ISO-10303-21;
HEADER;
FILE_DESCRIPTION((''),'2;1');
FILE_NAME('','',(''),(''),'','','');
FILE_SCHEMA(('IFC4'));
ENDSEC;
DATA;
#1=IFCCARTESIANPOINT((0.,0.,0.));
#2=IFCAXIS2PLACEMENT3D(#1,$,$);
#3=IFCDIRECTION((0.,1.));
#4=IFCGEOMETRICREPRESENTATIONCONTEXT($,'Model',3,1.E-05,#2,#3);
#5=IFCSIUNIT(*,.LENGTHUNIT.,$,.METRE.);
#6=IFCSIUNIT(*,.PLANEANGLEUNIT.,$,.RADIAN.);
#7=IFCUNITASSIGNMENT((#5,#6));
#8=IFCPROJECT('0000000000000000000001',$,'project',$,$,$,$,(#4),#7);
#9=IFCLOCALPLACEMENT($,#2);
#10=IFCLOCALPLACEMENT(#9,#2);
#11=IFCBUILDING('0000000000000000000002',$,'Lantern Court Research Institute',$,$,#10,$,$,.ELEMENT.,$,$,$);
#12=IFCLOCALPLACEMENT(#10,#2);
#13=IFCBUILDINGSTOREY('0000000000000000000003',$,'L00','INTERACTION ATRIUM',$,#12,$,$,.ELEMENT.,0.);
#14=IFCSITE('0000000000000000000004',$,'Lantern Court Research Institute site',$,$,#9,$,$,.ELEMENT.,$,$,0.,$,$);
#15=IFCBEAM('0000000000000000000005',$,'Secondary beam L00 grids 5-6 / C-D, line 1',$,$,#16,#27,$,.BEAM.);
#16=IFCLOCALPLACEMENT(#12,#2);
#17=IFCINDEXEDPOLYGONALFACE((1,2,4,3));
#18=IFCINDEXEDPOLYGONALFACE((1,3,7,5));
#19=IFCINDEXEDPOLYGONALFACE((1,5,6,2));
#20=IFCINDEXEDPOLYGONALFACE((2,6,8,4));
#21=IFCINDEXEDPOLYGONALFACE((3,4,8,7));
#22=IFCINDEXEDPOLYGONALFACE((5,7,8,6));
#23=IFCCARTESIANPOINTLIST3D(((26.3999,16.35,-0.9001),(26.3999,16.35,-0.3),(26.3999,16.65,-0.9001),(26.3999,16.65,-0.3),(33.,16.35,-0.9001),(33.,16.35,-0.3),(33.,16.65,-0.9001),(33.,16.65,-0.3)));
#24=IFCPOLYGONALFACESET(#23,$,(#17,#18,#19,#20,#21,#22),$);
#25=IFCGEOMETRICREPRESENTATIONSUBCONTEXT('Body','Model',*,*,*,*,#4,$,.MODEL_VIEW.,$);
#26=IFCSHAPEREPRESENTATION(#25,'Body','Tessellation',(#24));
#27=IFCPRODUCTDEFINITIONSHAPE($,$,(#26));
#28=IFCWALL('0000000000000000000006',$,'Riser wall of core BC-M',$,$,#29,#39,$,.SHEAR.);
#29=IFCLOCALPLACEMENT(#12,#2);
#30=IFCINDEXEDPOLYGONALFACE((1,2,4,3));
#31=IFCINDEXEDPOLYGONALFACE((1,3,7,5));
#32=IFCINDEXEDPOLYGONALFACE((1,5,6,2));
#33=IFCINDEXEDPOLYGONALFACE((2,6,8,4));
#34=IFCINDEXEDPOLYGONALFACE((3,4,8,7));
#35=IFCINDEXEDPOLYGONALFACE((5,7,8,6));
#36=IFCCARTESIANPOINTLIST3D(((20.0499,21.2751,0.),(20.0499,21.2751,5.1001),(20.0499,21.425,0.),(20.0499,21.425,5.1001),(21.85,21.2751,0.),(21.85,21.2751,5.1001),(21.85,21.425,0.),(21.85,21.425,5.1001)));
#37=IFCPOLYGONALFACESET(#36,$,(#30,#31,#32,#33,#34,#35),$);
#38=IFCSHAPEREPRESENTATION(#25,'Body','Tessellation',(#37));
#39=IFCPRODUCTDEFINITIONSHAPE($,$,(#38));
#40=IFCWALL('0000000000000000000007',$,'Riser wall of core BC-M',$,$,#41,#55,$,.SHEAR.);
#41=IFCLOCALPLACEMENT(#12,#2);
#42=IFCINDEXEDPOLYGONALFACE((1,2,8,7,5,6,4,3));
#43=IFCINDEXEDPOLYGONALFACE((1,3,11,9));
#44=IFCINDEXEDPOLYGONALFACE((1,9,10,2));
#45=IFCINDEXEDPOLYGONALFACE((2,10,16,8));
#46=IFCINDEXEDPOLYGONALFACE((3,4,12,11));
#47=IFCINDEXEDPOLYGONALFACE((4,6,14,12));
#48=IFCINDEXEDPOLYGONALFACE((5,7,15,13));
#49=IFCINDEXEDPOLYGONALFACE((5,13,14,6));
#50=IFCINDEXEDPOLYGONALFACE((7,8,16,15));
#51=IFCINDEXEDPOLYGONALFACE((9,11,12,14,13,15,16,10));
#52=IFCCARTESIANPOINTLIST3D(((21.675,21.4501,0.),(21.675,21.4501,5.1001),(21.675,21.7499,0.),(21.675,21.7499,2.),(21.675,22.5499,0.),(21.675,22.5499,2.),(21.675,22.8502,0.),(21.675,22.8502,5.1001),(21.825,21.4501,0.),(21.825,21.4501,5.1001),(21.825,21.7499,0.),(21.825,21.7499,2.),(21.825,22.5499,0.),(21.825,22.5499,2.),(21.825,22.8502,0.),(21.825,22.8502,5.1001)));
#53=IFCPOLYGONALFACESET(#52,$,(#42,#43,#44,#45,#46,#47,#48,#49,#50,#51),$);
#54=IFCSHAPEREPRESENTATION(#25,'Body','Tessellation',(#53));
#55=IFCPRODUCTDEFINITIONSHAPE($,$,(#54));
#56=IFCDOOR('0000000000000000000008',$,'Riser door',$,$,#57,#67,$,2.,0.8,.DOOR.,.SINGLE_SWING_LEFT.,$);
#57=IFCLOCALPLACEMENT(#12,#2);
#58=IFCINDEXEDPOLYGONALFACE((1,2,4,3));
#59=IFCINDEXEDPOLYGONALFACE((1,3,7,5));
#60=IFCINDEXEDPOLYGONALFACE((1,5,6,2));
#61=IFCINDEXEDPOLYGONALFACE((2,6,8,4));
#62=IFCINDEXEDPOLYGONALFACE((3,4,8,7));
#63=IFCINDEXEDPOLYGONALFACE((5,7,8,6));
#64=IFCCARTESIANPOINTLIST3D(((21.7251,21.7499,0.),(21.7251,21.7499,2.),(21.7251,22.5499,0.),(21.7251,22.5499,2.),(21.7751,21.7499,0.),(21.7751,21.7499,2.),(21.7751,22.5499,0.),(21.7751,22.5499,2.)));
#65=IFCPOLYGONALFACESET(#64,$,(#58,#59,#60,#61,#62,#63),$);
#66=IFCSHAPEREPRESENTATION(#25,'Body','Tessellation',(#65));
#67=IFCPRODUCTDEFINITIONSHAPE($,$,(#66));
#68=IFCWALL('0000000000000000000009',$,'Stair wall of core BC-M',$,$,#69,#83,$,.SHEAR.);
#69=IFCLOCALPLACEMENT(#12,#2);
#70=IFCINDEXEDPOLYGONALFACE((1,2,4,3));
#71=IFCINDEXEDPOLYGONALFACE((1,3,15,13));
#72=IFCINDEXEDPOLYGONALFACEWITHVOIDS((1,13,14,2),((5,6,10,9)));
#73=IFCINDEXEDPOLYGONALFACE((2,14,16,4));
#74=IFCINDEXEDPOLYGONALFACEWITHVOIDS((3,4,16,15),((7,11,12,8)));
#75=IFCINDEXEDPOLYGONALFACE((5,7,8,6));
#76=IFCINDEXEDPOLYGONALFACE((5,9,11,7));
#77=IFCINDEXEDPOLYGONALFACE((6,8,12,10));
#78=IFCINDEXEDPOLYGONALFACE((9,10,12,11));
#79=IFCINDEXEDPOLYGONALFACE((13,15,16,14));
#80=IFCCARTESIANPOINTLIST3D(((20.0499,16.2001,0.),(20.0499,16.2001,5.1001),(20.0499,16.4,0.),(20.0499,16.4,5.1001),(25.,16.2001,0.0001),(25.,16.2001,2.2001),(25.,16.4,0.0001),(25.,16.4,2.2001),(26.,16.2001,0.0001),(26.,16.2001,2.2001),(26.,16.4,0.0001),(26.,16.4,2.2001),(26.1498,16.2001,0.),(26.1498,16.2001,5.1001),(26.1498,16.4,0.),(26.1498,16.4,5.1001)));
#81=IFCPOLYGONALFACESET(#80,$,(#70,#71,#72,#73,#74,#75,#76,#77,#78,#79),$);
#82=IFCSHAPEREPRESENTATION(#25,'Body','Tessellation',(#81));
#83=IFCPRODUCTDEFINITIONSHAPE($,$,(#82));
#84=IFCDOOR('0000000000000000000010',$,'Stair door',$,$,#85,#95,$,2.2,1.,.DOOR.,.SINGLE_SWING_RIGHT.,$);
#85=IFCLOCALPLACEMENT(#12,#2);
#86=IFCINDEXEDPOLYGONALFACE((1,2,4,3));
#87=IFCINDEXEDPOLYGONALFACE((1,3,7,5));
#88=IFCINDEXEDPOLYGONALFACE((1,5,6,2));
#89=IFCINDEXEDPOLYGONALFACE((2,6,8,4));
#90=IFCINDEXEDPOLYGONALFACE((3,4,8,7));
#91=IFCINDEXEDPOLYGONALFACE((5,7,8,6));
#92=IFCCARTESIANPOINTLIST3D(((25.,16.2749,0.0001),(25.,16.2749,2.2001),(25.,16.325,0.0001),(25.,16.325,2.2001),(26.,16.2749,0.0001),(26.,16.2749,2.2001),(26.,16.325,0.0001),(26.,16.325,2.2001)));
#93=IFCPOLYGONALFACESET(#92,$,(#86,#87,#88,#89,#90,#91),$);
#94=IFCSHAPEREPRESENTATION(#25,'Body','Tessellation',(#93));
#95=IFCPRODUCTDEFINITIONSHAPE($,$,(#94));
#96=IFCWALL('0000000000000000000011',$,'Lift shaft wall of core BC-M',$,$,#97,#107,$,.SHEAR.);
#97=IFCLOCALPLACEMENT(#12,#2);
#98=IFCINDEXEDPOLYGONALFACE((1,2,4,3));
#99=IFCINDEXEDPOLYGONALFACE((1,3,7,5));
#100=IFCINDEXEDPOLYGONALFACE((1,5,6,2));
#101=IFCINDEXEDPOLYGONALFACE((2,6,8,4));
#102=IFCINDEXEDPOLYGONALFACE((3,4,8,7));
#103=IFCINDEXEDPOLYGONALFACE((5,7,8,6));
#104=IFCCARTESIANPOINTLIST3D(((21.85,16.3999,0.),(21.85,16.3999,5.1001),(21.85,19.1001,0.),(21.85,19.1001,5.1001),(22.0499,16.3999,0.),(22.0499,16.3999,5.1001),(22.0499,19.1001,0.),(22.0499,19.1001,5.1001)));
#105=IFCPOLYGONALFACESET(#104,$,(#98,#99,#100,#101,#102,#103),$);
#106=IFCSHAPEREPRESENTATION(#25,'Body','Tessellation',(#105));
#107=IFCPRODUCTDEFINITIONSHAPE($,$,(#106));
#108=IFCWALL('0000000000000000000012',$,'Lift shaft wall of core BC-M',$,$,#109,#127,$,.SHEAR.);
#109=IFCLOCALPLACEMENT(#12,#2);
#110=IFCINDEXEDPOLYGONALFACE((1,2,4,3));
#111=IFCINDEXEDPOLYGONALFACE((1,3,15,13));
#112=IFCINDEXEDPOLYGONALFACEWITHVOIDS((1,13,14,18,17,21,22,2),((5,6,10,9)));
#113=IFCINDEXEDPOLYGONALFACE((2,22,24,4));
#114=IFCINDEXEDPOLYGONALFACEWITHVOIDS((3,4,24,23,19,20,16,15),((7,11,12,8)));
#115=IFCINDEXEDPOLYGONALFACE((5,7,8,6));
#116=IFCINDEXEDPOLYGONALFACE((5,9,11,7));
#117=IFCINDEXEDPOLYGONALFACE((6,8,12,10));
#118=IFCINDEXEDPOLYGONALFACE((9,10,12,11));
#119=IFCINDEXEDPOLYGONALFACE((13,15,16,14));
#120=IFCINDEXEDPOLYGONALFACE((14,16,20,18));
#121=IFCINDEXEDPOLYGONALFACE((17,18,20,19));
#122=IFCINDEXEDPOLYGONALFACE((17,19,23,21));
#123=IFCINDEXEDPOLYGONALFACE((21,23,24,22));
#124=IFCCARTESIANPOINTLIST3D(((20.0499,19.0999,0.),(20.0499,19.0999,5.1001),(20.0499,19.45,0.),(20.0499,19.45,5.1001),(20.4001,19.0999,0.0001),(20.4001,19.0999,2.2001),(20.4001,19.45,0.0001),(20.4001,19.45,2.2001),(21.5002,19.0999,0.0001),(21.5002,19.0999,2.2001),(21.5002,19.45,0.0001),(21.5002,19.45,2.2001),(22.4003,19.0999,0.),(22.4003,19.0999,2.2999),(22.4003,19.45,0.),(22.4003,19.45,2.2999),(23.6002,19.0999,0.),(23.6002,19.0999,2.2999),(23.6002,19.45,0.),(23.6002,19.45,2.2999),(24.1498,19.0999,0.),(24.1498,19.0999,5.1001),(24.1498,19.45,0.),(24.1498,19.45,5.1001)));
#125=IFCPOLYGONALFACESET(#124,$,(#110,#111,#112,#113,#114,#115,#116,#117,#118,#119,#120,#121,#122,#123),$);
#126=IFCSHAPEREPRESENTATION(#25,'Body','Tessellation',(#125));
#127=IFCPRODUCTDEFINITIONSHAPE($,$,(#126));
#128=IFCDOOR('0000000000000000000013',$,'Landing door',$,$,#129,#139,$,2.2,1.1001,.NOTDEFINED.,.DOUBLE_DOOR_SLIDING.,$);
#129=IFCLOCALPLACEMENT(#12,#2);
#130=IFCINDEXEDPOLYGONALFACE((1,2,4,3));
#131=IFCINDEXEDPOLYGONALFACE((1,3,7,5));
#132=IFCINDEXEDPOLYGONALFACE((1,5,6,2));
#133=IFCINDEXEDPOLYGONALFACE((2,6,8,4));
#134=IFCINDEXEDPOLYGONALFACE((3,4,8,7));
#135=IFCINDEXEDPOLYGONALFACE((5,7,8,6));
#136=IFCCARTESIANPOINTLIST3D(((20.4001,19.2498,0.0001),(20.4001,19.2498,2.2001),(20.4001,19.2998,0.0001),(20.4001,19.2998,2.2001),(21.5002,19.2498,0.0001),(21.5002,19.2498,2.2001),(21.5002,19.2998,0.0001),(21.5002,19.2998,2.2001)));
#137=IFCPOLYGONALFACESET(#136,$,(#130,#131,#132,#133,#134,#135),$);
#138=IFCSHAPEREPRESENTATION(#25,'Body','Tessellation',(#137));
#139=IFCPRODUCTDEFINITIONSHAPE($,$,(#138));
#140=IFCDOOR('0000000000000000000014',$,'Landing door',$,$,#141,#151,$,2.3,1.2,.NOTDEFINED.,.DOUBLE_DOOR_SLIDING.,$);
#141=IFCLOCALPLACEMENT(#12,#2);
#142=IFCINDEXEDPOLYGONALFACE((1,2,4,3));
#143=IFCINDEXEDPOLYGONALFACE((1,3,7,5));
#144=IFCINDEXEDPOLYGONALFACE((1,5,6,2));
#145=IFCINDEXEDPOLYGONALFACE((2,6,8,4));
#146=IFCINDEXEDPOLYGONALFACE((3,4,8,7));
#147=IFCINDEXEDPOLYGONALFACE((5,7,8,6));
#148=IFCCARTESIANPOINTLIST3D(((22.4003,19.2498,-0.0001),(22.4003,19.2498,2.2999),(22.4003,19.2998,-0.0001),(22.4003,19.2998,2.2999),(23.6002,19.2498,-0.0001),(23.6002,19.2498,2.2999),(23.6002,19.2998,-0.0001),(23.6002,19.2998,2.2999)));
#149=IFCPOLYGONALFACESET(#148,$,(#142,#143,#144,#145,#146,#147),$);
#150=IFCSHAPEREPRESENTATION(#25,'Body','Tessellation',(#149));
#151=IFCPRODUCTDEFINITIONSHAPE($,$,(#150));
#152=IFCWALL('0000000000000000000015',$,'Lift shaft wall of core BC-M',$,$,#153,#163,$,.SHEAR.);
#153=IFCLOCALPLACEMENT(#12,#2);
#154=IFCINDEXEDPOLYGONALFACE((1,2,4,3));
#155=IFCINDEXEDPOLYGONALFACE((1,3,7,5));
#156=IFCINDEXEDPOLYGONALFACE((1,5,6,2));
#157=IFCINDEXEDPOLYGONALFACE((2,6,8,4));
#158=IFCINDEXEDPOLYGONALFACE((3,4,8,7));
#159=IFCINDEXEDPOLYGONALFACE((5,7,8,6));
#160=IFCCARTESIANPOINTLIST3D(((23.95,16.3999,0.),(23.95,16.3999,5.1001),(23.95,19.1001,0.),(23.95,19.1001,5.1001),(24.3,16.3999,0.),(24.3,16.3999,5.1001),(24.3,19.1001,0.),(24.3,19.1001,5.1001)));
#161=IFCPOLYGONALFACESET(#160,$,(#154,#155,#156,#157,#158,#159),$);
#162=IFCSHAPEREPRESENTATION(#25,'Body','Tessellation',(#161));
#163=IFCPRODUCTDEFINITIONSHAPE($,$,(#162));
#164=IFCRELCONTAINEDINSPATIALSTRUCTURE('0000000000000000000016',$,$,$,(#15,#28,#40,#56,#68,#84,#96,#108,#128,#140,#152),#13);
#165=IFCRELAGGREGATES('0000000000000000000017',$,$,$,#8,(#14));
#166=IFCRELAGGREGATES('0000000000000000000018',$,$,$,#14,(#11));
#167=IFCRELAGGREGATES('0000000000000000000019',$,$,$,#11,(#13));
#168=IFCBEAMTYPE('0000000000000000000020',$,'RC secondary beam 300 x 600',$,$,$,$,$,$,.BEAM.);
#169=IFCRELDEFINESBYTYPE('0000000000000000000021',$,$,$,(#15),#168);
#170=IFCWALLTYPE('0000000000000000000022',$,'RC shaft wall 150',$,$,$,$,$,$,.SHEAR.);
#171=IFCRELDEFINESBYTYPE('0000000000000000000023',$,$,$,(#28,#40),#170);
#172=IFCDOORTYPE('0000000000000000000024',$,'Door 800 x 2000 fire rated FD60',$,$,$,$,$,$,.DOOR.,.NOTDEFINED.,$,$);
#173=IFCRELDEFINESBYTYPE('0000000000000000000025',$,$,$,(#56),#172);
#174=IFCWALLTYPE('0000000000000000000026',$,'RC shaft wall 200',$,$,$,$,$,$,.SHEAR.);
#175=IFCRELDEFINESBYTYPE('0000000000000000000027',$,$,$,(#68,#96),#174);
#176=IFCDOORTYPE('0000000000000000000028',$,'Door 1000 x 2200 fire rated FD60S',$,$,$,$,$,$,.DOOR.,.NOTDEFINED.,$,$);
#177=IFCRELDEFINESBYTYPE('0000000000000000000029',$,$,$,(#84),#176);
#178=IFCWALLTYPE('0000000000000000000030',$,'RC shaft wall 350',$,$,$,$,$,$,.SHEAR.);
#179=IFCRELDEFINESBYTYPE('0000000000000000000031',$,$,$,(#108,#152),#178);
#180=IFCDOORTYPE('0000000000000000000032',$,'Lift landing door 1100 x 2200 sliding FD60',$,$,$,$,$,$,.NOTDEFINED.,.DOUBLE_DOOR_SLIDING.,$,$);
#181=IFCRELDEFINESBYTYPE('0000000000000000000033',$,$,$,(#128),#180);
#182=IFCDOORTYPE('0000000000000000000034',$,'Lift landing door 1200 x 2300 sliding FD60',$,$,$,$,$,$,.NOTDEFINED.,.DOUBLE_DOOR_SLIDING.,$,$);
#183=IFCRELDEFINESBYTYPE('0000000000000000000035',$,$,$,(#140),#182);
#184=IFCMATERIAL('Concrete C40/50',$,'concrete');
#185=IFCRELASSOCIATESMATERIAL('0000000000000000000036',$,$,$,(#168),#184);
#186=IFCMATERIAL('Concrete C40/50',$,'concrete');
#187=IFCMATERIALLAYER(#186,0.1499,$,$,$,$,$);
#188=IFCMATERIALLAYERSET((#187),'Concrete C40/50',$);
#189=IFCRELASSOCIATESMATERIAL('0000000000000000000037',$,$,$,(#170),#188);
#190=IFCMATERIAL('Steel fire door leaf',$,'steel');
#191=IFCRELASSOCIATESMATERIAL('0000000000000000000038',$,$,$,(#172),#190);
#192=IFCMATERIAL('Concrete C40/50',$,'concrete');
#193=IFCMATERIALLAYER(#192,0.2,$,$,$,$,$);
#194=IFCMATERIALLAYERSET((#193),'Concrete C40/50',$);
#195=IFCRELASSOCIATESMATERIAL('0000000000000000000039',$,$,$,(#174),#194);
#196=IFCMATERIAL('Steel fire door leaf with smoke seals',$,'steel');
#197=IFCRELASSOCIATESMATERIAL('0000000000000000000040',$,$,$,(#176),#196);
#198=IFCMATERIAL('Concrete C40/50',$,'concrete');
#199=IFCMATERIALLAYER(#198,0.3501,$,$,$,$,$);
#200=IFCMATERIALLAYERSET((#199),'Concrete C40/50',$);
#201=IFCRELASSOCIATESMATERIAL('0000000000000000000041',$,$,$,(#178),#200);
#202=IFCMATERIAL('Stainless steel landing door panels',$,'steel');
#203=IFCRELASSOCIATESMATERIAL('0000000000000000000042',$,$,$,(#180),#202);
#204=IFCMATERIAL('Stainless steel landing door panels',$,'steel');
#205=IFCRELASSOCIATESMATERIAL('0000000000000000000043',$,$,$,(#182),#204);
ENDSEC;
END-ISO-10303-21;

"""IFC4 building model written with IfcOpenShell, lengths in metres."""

from ifc_helpers import new_model, si_unit, direction, frame, frame_2d, origin, origin_2d, place, context, subcontext, project, spatial, rectangle, extrude, material, layer, layer_set, material_profile, profile_set, type_object, element, fill, save


model = new_model("IFC4")

# Units and contexts
model_context = context("Model", 3, precision=1e-05, world=origin(), true_north=direction((0.0, 1.0)))
body_context = subcontext(model_context, "Body", "Model", "MODEL_VIEW")
ifc_project = project(units=[si_unit("LENGTHUNIT", "METRE"), si_unit("PLANEANGLEUNIT", "RADIAN")], contexts=[model_context])

# Site, building, storey
site_placement = place(None, origin())
site = spatial("IfcSite", under=ifc_project, at=site_placement, Name="Lantern Court Research Institute site", CompositionType="ELEMENT", RefElevation=0.0)
building_placement = place(site_placement, origin())
building = spatial("IfcBuilding", under=site, at=building_placement, Name="Lantern Court Research Institute", CompositionType="ELEMENT")
storey_placement = place(building_placement, origin())
storey = spatial("IfcBuildingStorey", under=building, at=storey_placement, Name="L00", Description="INTERACTION ATRIUM", CompositionType="ELEMENT", Elevation=0.0)

# Beam
ifc_material_1 = material(Name="Concrete C40/50", Category="concrete")
ifc_material_profile = material_profile(ifc_material_1, rectangle(XDim=0.3, YDim=0.6001, at=origin_2d()), Name="RC beam 300 x 600")
ifc_profile_set = profile_set([ifc_material_profile], Name="Concrete C40/50")
beam_type = type_object("IfcBeamType", Name="RC secondary beam 300 x 600", PredefinedType="BEAM", material=ifc_profile_set)
beam_placement = place(storey_placement, frame((26.3999, 16.5, -0.6001), z_axis=(1.0, 0.0, 0.0), x_axis=(0.0, 1.0, 0.0)))
element("IfcBeam", 1, at=beam_placement, inside=storey, type_object=beam_type, Name="Secondary beam L00 grids 5-6 / C-D, line 1", PredefinedType="BEAM", context=body_context, shape_type="SweptSolid", body=[
    extrude(rectangle(XDim=0.3, YDim=0.6001, at=origin_2d()), origin(), (0.0, 0.0, 1.0), 6.6001),
])

# Wall
ifc_material_2 = material(Name="Concrete C40/50", Category="concrete")
ifc_layer_1 = layer(ifc_material_2, 0.1499)
ifc_layer_set_1 = layer_set([ifc_layer_1], Name="Concrete C40/50")
wall_type_1 = type_object("IfcWallType", Name="RC shaft wall 150", PredefinedType="SHEAR", material=ifc_layer_set_1)
wall_1_placement = place(storey_placement, frame((20.05, 21.3501, 0.0), z_axis=(0.0, 0.0, 1.0), x_axis=(1.0, 0.0, 0.0)))
element("IfcWall", 2, at=wall_1_placement, inside=storey, type_object=wall_type_1, Name="Riser wall of core BC-M", PredefinedType="SHEAR", context=body_context, shape_type="SweptSolid", body=[
    extrude(rectangle(XDim=1.8, YDim=0.1499, at=frame_2d((0.8999, 0.0))), origin(), (0.0, 0.0, 1.0), 5.1001),
])

# Walls, openings, doors
wall_2_placement = place(storey_placement, frame((21.75, 21.45, 0.0), z_axis=(0.0, 0.0, 1.0), x_axis=(0.0, 1.0, 0.0)))
wall_2 = element("IfcWall", 3, at=wall_2_placement, inside=storey, type_object=wall_type_1, Name="Riser wall of core BC-M", PredefinedType="SHEAR", context=body_context, shape_type="SweptSolid", body=[
    extrude(rectangle(XDim=1.4001, YDim=0.1499, at=frame_2d((0.7002, 0.0))), origin(), (0.0, 0.0, 1.0), 5.1001),
])
opening_1_placement = place(wall_2_placement, frame((0.3, 0.0, 0.0)))
opening_1 = element("IfcOpeningElement", 4, at=opening_1_placement, cuts=wall_2, PredefinedType="OPENING", context=body_context, shape_type="SweptSolid", body=[
    extrude(rectangle(XDim=0.8, YDim=2.0, at=frame_2d((0.3999, 1.0))), frame((0.0, 0.085, 0.0), z_axis=(0.0, -1.0, 0.0), x_axis=(1.0, 0.0, 0.0)), (0.0, 0.0, 1.0), 0.1699),
])
ifc_material_3 = material(Name="Steel fire door leaf", Category="steel")
door_type_1 = type_object("IfcDoorType", Name="Door 800 x 2000 fire rated FD60", OperationType="NOTDEFINED", PredefinedType="DOOR", material=ifc_material_3)
door_1_placement = place(opening_1_placement, origin())
door_1 = element("IfcDoor", 5, at=door_1_placement, inside=storey, type_object=door_type_1, Name="Riser door", OperationType="SINGLE_SWING_LEFT", OverallHeight=2.0, OverallWidth=0.8, PredefinedType="DOOR", context=body_context, shape_type="SweptSolid", body=[
    extrude(rectangle(XDim=0.8, YDim=2.0, at=frame_2d((0.3999, 1.0))), frame((0.0, 0.0249, 0.0), z_axis=(0.0, -1.0, 0.0), x_axis=(1.0, 0.0, 0.0)), (0.0, 0.0, 1.0), 0.05),
])
fill(opening_1, door_1)
ifc_material_4 = material(Name="Concrete C40/50", Category="concrete")
ifc_layer_2 = layer(ifc_material_4, 0.2)
ifc_layer_set_2 = layer_set([ifc_layer_2], Name="Concrete C40/50")
wall_type_2 = type_object("IfcWallType", Name="RC shaft wall 200", PredefinedType="SHEAR", material=ifc_layer_set_2)
wall_3_placement = place(storey_placement, frame((20.05, 16.3, 0.0), z_axis=(0.0, 0.0, 1.0), x_axis=(1.0, 0.0, 0.0)))
wall_3 = element("IfcWall", 6, at=wall_3_placement, inside=storey, type_object=wall_type_2, Name="Stair wall of core BC-M", PredefinedType="SHEAR", context=body_context, shape_type="SweptSolid", body=[
    extrude(rectangle(XDim=6.0999, YDim=0.2, at=frame_2d((3.0498, 0.0))), origin(), (0.0, 0.0, 1.0), 5.1001),
])
opening_2_placement = place(wall_3_placement, frame((4.95, 0.0, 0.0)))
opening_2 = element("IfcOpeningElement", 7, at=opening_2_placement, cuts=wall_3, PredefinedType="OPENING", context=body_context, shape_type="SweptSolid", body=[
    extrude(rectangle(XDim=1.0, YDim=2.2, at=frame_2d((0.5, 1.1001))), frame((0.0, 0.1099, 0.0), z_axis=(0.0, -1.0, 0.0), x_axis=(1.0, 0.0, 0.0)), (0.0, 0.0, 1.0), 0.22),
])
ifc_material_5 = material(Name="Steel fire door leaf with smoke seals", Category="steel")
door_type_2 = type_object("IfcDoorType", Name="Door 1000 x 2200 fire rated FD60S", OperationType="NOTDEFINED", PredefinedType="DOOR", material=ifc_material_5)
door_2_placement = place(opening_2_placement, origin())
door_2 = element("IfcDoor", 8, at=door_2_placement, inside=storey, type_object=door_type_2, Name="Stair door", OperationType="SINGLE_SWING_RIGHT", OverallHeight=2.2, OverallWidth=1.0, PredefinedType="DOOR", context=body_context, shape_type="SweptSolid", body=[
    extrude(rectangle(XDim=1.0, YDim=2.2, at=frame_2d((0.5, 1.1001))), frame((0.0, 0.0249, 0.0), z_axis=(0.0, -1.0, 0.0), x_axis=(1.0, 0.0, 0.0)), (0.0, 0.0, 1.0), 0.05),
])
fill(opening_2, door_2)

# Wall
wall_4_placement = place(storey_placement, frame((21.95, 16.3999, 0.0), z_axis=(0.0, 0.0, 1.0), x_axis=(0.0, 1.0, 0.0)))
element("IfcWall", 9, at=wall_4_placement, inside=storey, type_object=wall_type_2, Name="Lift shaft wall of core BC-M", PredefinedType="SHEAR", context=body_context, shape_type="SweptSolid", body=[
    extrude(rectangle(XDim=2.7002, YDim=0.2, at=frame_2d((1.3501, 0.0))), origin(), (0.0, 0.0, 1.0), 5.1001),
])

# Wall, openings, doors
ifc_material_6 = material(Name="Concrete C40/50", Category="concrete")
ifc_layer_3 = layer(ifc_material_6, 0.3501)
ifc_layer_set_3 = layer_set([ifc_layer_3], Name="Concrete C40/50")
wall_type_3 = type_object("IfcWallType", Name="RC shaft wall 350", PredefinedType="SHEAR", material=ifc_layer_set_3)
wall_5_placement = place(storey_placement, frame((20.05, 19.2749, 0.0), z_axis=(0.0, 0.0, 1.0), x_axis=(1.0, 0.0, 0.0)))
wall_5 = element("IfcWall", 10, at=wall_5_placement, inside=storey, type_object=wall_type_3, Name="Lift shaft wall of core BC-M", PredefinedType="SHEAR", context=body_context, shape_type="SweptSolid", body=[
    extrude(rectangle(XDim=4.0999, YDim=0.3501, at=frame_2d((2.0498, 0.0))), origin(), (0.0, 0.0, 1.0), 5.1001),
])
opening_3_placement = place(wall_5_placement, frame((0.3501, 0.0, 0.0)))
opening_3 = element("IfcOpeningElement", 11, at=opening_3_placement, cuts=wall_5, PredefinedType="OPENING", context=body_context, shape_type="SweptSolid", body=[
    extrude(rectangle(XDim=1.1001, YDim=2.2, at=frame_2d((0.55, 1.1001))), frame((0.0, 0.1851, 0.0), z_axis=(0.0, -1.0, 0.0), x_axis=(1.0, 0.0, 0.0)), (0.0, 0.0, 1.0), 0.3701),
])
opening_4_placement = place(wall_5_placement, frame((2.3501, 0.0, 0.0)))
opening_4 = element("IfcOpeningElement", 12, at=opening_4_placement, cuts=wall_5, PredefinedType="OPENING", context=body_context, shape_type="SweptSolid", body=[
    extrude(rectangle(XDim=1.2, YDim=2.3, at=frame_2d((0.6001, 1.1499))), frame((0.0, 0.1851, 0.0), z_axis=(0.0, -1.0, 0.0), x_axis=(1.0, 0.0, 0.0)), (0.0, 0.0, 1.0), 0.3701),
])
ifc_material_7 = material(Name="Stainless steel landing door panels", Category="steel")
door_type_3 = type_object("IfcDoorType", Name="Lift landing door 1100 x 2200 sliding FD60", OperationType="DOUBLE_DOOR_SLIDING", PredefinedType="NOTDEFINED", material=ifc_material_7)
door_3_placement = place(opening_3_placement, origin())
door_3 = element("IfcDoor", 13, at=door_3_placement, inside=storey, type_object=door_type_3, Name="Landing door", OperationType="DOUBLE_DOOR_SLIDING", OverallHeight=2.2, OverallWidth=1.1001, PredefinedType="NOTDEFINED", context=body_context, shape_type="SweptSolid", body=[
    extrude(rectangle(XDim=1.1001, YDim=2.2, at=frame_2d((0.55, 1.1001))), frame((0.0, 0.0249, 0.0), z_axis=(0.0, -1.0, 0.0), x_axis=(1.0, 0.0, 0.0)), (0.0, 0.0, 1.0), 0.05),
])
fill(opening_3, door_3)
ifc_material_8 = material(Name="Stainless steel landing door panels", Category="steel")
door_type_4 = type_object("IfcDoorType", Name="Lift landing door 1200 x 2300 sliding FD60", OperationType="DOUBLE_DOOR_SLIDING", PredefinedType="NOTDEFINED", material=ifc_material_8)
door_4_placement = place(opening_4_placement, origin())
door_4 = element("IfcDoor", 14, at=door_4_placement, inside=storey, type_object=door_type_4, Name="Landing door", OperationType="DOUBLE_DOOR_SLIDING", OverallHeight=2.3, OverallWidth=1.2, PredefinedType="NOTDEFINED", context=body_context, shape_type="SweptSolid", body=[
    extrude(rectangle(XDim=1.2, YDim=2.3, at=frame_2d((0.6001, 1.1499))), frame((0.0, 0.0249, 0.0), z_axis=(0.0, -1.0, 0.0), x_axis=(1.0, 0.0, 0.0)), (0.0, 0.0, 1.0), 0.05),
])
fill(opening_4, door_4)

# Wall
wall_6_placement = place(storey_placement, frame((24.125, 16.3999, 0.0), z_axis=(0.0, 0.0, 1.0), x_axis=(0.0, 1.0, 0.0)))
element("IfcWall", 15, at=wall_6_placement, inside=storey, type_object=wall_type_3, Name="Lift shaft wall of core BC-M", PredefinedType="SHEAR", context=body_context, shape_type="SweptSolid", body=[
    extrude(rectangle(XDim=2.7002, YDim=0.3501, at=frame_2d((1.3501, 0.0))), origin(), (0.0, 0.0, 1.0), 5.1001),
])

save(model, "model.ifc")
